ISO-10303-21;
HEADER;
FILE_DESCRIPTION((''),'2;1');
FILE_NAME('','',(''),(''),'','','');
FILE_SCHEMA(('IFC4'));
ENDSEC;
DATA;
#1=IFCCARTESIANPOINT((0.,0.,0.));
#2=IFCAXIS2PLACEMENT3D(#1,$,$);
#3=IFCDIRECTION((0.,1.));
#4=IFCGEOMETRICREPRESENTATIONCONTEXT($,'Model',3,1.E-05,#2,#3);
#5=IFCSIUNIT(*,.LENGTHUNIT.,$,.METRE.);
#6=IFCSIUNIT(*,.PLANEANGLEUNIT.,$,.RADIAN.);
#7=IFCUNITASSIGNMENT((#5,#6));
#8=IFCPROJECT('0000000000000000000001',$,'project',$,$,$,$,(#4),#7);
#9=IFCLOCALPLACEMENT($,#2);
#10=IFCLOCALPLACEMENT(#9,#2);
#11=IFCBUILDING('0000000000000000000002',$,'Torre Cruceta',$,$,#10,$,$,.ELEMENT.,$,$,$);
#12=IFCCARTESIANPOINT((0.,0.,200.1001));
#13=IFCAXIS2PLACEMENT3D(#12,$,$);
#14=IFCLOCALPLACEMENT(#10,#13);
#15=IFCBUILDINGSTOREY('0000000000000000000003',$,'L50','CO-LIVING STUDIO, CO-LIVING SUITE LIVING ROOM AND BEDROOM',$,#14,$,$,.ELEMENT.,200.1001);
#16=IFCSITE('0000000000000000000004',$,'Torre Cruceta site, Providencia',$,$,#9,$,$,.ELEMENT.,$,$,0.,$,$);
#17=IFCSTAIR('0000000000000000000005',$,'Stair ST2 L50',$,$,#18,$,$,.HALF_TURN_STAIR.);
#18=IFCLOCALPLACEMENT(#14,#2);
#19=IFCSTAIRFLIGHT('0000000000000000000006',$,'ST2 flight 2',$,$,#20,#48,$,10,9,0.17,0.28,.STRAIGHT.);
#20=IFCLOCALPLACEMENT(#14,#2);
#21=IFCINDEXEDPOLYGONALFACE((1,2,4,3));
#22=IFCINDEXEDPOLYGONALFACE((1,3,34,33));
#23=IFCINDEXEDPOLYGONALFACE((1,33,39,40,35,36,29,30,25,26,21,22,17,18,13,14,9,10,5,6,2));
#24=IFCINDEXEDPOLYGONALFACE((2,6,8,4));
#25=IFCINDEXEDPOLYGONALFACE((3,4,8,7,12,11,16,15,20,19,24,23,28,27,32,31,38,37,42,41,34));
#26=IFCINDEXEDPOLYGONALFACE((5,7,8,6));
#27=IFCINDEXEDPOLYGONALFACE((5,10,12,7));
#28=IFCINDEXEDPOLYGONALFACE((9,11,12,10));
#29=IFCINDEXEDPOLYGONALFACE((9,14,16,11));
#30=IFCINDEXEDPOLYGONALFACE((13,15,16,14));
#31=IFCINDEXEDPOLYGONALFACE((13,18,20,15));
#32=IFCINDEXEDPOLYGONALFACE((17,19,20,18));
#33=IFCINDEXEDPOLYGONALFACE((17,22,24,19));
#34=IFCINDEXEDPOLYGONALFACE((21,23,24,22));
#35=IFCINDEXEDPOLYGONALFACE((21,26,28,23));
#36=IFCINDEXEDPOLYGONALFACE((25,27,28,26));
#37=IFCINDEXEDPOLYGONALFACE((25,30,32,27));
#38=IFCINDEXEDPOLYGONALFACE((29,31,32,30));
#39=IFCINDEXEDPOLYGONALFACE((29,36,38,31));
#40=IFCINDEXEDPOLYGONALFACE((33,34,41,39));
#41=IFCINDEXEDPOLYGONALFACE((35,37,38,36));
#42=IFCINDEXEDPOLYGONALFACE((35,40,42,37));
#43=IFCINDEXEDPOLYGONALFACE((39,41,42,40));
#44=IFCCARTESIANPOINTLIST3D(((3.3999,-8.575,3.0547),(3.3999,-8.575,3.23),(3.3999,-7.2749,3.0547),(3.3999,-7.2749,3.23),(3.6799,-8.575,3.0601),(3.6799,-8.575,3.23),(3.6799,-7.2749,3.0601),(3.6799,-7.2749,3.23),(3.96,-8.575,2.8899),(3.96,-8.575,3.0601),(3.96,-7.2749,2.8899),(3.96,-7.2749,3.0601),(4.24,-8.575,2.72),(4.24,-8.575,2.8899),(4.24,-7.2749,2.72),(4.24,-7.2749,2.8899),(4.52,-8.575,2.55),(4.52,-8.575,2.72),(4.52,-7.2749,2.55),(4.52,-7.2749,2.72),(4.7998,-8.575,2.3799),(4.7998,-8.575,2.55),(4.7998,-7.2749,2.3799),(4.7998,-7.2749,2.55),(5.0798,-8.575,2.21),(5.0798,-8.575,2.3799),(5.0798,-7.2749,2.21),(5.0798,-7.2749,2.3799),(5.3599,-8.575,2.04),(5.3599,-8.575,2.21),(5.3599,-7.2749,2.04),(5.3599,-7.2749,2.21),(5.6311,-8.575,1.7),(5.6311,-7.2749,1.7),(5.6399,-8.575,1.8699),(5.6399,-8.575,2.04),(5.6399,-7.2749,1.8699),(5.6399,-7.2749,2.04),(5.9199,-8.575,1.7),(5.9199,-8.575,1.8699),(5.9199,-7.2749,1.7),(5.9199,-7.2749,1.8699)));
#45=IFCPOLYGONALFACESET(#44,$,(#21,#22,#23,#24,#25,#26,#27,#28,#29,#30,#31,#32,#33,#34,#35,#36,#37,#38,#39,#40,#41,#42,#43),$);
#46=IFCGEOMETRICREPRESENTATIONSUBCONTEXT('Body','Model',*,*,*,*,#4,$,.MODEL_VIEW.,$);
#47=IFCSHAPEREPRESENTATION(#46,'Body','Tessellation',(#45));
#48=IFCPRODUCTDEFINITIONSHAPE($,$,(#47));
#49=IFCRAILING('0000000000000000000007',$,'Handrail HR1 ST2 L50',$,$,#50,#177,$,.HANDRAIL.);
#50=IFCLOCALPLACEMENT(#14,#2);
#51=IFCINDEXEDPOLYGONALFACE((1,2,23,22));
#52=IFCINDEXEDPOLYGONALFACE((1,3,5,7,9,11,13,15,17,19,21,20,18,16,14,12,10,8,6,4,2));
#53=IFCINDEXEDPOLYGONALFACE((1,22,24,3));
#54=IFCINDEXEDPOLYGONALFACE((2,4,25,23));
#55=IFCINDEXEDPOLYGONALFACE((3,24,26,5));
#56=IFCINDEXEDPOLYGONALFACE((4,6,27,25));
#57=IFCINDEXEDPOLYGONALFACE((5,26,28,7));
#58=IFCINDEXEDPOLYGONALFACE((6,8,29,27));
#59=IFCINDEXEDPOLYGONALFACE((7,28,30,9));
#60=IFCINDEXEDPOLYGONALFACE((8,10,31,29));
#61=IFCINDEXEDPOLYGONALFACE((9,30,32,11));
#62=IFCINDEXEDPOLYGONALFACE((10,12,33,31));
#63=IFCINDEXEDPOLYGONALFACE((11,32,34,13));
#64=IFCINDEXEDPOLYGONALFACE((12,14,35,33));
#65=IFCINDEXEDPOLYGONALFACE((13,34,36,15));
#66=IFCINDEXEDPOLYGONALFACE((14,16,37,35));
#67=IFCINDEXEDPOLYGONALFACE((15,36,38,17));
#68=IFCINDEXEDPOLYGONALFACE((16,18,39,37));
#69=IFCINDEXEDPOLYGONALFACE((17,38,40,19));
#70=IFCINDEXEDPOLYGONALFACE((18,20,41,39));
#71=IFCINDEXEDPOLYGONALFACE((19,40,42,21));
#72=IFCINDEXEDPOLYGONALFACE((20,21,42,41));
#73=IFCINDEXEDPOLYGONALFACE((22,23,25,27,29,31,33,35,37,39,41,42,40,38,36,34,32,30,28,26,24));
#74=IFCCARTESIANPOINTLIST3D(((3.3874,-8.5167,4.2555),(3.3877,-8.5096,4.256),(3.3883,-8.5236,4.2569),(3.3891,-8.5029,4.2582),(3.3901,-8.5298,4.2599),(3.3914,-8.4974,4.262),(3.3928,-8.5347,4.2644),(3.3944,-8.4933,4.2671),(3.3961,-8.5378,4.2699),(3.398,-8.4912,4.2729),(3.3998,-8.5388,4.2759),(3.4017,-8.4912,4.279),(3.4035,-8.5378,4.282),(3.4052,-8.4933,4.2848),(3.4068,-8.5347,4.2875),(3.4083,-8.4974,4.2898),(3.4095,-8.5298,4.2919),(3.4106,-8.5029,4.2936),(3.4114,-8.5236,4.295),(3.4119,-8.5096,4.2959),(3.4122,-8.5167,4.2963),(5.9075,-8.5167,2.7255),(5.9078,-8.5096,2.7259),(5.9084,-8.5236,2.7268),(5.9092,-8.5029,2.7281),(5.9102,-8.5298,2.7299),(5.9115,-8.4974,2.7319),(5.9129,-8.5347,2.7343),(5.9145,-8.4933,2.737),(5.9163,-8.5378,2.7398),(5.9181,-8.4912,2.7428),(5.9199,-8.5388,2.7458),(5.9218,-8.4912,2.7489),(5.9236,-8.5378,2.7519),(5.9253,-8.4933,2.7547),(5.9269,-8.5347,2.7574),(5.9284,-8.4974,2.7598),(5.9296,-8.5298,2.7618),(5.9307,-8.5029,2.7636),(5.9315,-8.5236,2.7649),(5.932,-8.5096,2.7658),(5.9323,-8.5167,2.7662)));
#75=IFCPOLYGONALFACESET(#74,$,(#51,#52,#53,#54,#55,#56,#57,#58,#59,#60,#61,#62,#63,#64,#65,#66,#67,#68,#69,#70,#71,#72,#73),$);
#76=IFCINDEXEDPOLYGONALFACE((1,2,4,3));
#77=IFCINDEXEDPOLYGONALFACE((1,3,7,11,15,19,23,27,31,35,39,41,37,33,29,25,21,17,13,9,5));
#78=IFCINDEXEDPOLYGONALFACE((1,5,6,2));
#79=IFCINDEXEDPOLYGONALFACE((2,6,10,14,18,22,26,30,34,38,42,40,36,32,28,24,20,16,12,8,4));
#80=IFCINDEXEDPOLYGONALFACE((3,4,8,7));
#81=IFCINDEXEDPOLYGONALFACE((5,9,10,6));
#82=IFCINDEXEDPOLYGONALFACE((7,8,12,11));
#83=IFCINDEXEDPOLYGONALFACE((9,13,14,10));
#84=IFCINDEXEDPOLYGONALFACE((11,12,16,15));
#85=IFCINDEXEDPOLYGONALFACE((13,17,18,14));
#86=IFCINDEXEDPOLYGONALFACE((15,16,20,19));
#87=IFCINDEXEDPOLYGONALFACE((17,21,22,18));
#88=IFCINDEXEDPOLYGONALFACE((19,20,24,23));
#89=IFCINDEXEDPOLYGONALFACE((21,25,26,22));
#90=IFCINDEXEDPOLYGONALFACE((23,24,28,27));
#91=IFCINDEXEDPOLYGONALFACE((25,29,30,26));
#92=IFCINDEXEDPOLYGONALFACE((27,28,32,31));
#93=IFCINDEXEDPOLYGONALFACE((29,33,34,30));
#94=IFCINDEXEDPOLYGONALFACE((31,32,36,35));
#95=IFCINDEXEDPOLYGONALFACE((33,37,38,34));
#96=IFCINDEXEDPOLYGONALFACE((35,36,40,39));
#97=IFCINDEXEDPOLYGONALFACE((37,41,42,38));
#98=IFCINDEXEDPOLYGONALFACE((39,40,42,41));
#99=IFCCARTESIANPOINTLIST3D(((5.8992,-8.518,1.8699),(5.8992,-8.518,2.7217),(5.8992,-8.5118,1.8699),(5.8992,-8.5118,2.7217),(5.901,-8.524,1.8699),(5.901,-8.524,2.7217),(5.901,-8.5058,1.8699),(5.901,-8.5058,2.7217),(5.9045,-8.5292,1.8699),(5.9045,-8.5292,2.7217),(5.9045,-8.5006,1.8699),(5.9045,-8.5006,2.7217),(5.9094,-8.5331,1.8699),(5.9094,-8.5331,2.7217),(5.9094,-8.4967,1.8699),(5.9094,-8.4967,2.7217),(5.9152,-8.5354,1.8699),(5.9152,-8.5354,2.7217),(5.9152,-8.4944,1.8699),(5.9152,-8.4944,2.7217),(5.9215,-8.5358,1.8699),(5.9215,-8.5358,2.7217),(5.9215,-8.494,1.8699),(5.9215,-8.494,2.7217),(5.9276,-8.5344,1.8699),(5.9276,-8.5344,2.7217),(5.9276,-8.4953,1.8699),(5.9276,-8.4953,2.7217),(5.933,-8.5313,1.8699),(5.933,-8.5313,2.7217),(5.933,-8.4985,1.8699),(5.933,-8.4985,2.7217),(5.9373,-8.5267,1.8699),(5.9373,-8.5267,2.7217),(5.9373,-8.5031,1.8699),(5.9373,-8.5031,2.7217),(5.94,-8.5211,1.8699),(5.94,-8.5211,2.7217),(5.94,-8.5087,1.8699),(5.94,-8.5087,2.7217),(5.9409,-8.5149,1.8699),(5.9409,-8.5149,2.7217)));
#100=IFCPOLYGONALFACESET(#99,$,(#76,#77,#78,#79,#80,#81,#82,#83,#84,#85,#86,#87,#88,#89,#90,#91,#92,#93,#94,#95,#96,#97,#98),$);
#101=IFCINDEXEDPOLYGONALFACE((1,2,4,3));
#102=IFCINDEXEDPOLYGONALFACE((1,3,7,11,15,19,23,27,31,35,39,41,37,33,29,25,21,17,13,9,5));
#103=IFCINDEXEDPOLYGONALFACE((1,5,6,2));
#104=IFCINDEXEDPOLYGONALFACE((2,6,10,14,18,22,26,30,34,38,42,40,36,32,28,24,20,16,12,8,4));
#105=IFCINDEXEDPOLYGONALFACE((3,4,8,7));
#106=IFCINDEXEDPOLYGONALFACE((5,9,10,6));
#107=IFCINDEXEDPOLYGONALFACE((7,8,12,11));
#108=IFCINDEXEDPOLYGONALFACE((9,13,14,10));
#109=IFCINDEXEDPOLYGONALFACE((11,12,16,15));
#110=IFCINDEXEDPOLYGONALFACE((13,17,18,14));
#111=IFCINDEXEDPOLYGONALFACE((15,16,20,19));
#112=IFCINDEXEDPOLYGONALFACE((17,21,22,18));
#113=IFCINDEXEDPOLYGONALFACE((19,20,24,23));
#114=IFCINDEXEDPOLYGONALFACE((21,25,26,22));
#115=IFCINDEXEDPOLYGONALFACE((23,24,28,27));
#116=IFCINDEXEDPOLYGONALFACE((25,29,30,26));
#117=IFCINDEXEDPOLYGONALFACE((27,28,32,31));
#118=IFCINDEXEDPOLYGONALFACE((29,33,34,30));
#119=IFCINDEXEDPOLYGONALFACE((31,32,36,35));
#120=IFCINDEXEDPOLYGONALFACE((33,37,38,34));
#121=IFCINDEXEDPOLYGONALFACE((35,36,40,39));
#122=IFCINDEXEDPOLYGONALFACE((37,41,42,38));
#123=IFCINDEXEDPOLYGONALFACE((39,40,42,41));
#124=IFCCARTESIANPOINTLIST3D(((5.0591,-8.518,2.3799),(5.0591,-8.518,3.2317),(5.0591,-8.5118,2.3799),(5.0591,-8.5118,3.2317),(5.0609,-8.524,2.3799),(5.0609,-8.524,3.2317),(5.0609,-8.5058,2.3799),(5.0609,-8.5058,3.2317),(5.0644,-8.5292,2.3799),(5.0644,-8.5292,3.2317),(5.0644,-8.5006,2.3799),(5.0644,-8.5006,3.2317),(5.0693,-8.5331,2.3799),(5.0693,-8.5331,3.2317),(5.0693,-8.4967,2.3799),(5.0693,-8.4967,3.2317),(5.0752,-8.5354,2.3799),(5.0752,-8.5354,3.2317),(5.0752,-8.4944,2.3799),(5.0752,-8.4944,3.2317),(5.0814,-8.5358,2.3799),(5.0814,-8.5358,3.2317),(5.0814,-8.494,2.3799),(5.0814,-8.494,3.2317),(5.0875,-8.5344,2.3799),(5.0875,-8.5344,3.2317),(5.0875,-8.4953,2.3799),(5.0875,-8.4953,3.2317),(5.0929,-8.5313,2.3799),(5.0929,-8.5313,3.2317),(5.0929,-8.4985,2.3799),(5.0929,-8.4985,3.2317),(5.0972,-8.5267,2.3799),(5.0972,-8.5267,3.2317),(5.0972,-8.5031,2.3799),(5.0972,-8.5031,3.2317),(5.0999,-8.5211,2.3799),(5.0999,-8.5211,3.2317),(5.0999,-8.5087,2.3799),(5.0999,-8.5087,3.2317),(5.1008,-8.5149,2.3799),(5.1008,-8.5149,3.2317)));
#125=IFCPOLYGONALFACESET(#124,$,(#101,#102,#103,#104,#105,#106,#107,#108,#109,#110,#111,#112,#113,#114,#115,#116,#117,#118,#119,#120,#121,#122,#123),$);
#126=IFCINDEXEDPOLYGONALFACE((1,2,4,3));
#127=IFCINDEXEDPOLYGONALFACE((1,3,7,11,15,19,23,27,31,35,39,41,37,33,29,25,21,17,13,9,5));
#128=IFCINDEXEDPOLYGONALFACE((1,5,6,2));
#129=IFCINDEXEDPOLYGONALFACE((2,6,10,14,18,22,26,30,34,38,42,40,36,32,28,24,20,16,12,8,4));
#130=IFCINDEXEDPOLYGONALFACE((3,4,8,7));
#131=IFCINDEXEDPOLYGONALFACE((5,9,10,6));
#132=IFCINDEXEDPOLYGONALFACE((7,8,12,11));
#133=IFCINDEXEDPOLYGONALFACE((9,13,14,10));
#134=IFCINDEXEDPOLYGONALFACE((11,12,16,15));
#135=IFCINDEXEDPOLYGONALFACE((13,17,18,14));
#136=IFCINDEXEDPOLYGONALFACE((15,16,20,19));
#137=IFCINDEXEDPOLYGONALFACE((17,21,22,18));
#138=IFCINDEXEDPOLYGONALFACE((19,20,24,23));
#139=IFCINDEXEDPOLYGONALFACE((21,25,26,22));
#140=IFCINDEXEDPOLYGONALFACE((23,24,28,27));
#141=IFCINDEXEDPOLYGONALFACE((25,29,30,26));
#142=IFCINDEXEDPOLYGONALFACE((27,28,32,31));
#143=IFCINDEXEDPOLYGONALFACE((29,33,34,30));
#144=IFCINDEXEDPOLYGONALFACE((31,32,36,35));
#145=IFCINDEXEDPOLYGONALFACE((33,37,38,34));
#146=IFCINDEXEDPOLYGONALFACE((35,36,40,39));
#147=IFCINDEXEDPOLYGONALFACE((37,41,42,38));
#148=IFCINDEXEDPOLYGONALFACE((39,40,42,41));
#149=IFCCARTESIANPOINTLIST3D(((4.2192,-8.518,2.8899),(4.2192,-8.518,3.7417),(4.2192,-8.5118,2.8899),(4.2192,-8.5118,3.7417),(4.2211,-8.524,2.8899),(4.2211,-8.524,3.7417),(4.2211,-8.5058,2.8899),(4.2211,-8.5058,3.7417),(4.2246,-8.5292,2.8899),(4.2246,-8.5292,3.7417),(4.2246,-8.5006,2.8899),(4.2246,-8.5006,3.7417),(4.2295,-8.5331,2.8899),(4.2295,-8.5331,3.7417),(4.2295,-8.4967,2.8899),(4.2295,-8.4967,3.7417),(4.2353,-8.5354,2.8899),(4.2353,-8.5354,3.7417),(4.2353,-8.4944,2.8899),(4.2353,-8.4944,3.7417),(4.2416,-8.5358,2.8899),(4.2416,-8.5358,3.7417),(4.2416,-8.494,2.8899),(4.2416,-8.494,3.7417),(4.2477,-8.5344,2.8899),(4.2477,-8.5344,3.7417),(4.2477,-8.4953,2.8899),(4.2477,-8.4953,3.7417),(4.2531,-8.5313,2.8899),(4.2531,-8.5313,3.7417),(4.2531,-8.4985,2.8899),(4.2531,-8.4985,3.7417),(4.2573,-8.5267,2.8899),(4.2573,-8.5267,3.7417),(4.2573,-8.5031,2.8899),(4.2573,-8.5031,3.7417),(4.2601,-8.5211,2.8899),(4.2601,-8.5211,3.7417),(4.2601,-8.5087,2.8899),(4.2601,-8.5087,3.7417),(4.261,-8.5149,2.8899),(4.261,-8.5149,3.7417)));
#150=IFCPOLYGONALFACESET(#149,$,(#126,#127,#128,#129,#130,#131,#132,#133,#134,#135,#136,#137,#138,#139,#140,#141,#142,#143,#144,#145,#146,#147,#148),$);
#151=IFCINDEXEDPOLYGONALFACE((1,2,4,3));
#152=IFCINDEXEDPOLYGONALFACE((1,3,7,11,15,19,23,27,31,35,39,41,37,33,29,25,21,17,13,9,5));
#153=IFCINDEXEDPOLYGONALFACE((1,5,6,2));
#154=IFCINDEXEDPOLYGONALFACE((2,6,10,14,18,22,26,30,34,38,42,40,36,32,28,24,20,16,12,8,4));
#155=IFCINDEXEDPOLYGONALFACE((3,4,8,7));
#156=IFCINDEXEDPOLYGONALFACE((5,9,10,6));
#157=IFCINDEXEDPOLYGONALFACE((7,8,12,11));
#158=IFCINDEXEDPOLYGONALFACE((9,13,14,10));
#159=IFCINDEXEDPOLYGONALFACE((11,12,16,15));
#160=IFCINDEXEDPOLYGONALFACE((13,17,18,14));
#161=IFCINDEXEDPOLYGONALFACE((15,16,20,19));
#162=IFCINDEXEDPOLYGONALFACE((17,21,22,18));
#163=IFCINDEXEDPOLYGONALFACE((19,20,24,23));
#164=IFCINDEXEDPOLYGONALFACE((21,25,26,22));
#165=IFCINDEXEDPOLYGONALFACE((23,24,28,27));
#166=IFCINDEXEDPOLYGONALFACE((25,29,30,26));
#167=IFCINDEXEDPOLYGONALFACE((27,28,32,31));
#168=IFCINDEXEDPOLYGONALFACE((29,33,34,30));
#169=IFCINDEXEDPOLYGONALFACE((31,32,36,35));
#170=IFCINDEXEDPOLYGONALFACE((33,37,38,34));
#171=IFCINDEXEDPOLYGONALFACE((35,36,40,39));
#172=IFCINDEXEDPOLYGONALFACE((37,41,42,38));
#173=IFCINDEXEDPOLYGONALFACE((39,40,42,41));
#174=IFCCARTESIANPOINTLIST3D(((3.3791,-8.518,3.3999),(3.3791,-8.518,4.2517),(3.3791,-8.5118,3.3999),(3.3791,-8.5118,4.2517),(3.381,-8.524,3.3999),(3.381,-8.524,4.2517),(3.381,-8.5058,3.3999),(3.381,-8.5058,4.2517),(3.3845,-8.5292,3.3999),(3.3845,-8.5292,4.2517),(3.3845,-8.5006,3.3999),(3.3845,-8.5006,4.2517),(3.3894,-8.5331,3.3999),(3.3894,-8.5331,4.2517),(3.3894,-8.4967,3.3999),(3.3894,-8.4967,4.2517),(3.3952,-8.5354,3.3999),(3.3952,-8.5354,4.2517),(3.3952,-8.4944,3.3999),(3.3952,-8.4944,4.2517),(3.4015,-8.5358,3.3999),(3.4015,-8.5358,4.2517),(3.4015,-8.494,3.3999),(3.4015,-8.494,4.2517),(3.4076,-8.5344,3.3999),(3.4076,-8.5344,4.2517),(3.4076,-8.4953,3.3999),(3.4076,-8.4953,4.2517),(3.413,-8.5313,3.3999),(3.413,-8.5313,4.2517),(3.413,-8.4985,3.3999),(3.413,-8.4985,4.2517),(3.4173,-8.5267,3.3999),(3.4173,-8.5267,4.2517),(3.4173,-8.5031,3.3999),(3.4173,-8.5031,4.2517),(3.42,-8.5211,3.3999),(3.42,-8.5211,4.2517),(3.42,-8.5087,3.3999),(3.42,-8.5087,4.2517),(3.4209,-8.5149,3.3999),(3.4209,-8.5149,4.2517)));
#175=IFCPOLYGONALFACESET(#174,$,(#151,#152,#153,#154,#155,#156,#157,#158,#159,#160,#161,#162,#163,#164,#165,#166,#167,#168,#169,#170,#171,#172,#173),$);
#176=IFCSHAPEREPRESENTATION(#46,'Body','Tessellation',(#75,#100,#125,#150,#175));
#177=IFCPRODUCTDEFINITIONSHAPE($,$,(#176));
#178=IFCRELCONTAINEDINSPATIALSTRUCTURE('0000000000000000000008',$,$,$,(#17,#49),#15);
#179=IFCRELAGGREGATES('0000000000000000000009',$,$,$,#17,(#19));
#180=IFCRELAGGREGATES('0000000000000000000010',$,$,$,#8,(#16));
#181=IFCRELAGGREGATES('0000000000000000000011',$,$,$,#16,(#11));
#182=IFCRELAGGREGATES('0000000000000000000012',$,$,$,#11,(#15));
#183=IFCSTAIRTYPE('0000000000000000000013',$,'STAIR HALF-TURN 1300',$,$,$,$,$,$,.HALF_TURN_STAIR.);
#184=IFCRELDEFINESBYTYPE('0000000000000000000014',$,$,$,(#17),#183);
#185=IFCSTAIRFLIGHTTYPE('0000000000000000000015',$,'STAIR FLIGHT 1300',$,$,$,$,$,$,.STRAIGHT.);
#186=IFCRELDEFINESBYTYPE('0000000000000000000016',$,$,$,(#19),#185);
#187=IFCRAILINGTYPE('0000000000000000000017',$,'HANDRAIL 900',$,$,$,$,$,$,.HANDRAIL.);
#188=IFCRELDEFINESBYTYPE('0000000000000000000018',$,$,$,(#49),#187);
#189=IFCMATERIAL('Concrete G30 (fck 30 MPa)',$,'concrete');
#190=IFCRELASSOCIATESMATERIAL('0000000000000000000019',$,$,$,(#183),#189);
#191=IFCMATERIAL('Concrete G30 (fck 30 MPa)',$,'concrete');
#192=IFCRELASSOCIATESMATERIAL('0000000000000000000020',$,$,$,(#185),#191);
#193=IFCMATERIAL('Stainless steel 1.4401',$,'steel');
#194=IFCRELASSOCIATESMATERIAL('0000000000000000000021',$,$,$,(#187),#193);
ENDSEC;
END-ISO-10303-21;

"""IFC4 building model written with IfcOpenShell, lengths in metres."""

from ifc_helpers import new_model, si_unit, direction, frame, origin, origin_2d, place, context, subcontext, project, spatial, polyline, circle, outline, extrude, material, type_object, element, aggregate, save


model = new_model("IFC4")

# Units and contexts
model_context = context("Model", 3, precision=1e-05, world=origin(), true_north=direction((0.0, 1.0)))
body_context = subcontext(model_context, "Body", "Model", "MODEL_VIEW")
ifc_project = project(units=[si_unit("LENGTHUNIT", "METRE"), si_unit("PLANEANGLEUNIT", "RADIAN")], contexts=[model_context])

# Site, building, storey
site_placement = place(None, origin())
site = spatial("IfcSite", under=ifc_project, at=site_placement, Name="Torre Cruceta site, Providencia", CompositionType="ELEMENT", RefElevation=0.0)
building_placement = place(site_placement, origin())
building = spatial("IfcBuilding", under=site, at=building_placement, Name="Torre Cruceta", CompositionType="ELEMENT")
storey_placement = place(building_placement, frame((0.0, 0.0, 200.1001)))
storey = spatial("IfcBuildingStorey", under=building, at=storey_placement, Name="L50", Description="CO-LIVING STUDIO, CO-LIVING SUITE LIVING ROOM AND BEDROOM", CompositionType="ELEMENT", Elevation=200.1001)

# Stair, stair flight
ifc_material_1 = material(Name="Concrete G30 (fck 30 MPa)", Category="concrete")
stair_type = type_object("IfcStairType", Name="STAIR HALF-TURN 1300", PredefinedType="HALF_TURN_STAIR", material=ifc_material_1)
stair_placement = place(storey_placement, origin())
stair = element("IfcStair", 1, at=stair_placement, inside=storey, type_object=stair_type, Name="Stair ST2 L50", PredefinedType="HALF_TURN_STAIR")
ifc_material_2 = material(Name="Concrete G30 (fck 30 MPa)", Category="concrete")
stair_flight_type = type_object("IfcStairFlightType", Name="STAIR FLIGHT 1300", PredefinedType="STRAIGHT", material=ifc_material_2)
stair_flight_1_placement = place(storey_placement, frame((5.9199, -7.925, 1.7), z_axis=(0.0, 0.0, 1.0), x_axis=(-1.0, 0.0, 0.0)))
stair_flight_1 = element("IfcStairFlight", 2, at=stair_flight_1_placement, type_object=stair_flight_type, Name="ST2 flight 2", NumberOfRisers=10, NumberOfTreads=9, PredefinedType="STRAIGHT", RiserHeight=0.17, TreadLength=0.28, context=body_context, shape_type="SweptSolid", body=[
    extrude(outline(polyline([(0.0, 0.0), (0.0, 0.1699), (0.28, 0.1699), (0.28, 0.3401), (0.5601, 0.3401), (0.5601, 0.51), (0.8401, 0.51), (0.8401, 0.6799), (1.1201, 0.6799), (1.1201, 0.8501), (1.3999, 0.8501), (1.3999, 1.02), (1.6799, 1.02), (1.6799, 1.1899), (1.96, 1.1899), (1.96, 1.3601), (2.24, 1.3601), (2.24, 1.53), (2.52, 1.53), (2.52, 1.7), (2.52, 1.3547), (0.2888, 0.0), (0.0, 0.0)])), frame((0.0, 0.6499, 0.0), z_axis=(0.0, -1.0, 0.0), x_axis=(1.0, 0.0, 0.0)), (0.0, 0.0, 1.0), 1.3),
])
aggregate(stair, [stair_flight_1])

# Railing
ifc_material_3 = material(Name="Stainless steel 1.4401", Category="steel")
railing_type = type_object("IfcRailingType", Name="HANDRAIL 900", PredefinedType="HANDRAIL", material=ifc_material_3)
railing_1_placement = place(storey_placement, frame((5.9199, -8.5149, 1.8699)))
element("IfcRailing", 3, at=railing_1_placement, inside=storey, type_object=railing_type, Name="Handrail HR1 ST2 L50", PredefinedType="HANDRAIL", context=body_context, shape_type="SweptSolid", body=[
    extrude(circle(Radius=0.0239, at=origin_2d()), frame((0.0, 0.0, 0.876), z_axis=(-0.854785, 0.0, 0.518982), x_axis=(0.0, -1.0, 0.0)), (0.0, 0.0, 1.0), 2.9482),
    extrude(circle(Radius=0.021, at=origin_2d()), origin(), (0.0, 0.0, 1.0), 0.8518),
    extrude(circle(Radius=0.021, at=origin_2d()), frame((-0.8401, 0.0, 0.51)), (0.0, 0.0, 1.0), 0.8518),
    extrude(circle(Radius=0.021, at=origin_2d()), frame((-1.6799, 0.0, 1.02)), (0.0, 0.0, 1.0), 0.8518),
    extrude(circle(Radius=0.021, at=origin_2d()), frame((-2.52, 0.0, 1.53)), (0.0, 0.0, 1.0), 0.8518),
])

save(model, "model.ifc")
